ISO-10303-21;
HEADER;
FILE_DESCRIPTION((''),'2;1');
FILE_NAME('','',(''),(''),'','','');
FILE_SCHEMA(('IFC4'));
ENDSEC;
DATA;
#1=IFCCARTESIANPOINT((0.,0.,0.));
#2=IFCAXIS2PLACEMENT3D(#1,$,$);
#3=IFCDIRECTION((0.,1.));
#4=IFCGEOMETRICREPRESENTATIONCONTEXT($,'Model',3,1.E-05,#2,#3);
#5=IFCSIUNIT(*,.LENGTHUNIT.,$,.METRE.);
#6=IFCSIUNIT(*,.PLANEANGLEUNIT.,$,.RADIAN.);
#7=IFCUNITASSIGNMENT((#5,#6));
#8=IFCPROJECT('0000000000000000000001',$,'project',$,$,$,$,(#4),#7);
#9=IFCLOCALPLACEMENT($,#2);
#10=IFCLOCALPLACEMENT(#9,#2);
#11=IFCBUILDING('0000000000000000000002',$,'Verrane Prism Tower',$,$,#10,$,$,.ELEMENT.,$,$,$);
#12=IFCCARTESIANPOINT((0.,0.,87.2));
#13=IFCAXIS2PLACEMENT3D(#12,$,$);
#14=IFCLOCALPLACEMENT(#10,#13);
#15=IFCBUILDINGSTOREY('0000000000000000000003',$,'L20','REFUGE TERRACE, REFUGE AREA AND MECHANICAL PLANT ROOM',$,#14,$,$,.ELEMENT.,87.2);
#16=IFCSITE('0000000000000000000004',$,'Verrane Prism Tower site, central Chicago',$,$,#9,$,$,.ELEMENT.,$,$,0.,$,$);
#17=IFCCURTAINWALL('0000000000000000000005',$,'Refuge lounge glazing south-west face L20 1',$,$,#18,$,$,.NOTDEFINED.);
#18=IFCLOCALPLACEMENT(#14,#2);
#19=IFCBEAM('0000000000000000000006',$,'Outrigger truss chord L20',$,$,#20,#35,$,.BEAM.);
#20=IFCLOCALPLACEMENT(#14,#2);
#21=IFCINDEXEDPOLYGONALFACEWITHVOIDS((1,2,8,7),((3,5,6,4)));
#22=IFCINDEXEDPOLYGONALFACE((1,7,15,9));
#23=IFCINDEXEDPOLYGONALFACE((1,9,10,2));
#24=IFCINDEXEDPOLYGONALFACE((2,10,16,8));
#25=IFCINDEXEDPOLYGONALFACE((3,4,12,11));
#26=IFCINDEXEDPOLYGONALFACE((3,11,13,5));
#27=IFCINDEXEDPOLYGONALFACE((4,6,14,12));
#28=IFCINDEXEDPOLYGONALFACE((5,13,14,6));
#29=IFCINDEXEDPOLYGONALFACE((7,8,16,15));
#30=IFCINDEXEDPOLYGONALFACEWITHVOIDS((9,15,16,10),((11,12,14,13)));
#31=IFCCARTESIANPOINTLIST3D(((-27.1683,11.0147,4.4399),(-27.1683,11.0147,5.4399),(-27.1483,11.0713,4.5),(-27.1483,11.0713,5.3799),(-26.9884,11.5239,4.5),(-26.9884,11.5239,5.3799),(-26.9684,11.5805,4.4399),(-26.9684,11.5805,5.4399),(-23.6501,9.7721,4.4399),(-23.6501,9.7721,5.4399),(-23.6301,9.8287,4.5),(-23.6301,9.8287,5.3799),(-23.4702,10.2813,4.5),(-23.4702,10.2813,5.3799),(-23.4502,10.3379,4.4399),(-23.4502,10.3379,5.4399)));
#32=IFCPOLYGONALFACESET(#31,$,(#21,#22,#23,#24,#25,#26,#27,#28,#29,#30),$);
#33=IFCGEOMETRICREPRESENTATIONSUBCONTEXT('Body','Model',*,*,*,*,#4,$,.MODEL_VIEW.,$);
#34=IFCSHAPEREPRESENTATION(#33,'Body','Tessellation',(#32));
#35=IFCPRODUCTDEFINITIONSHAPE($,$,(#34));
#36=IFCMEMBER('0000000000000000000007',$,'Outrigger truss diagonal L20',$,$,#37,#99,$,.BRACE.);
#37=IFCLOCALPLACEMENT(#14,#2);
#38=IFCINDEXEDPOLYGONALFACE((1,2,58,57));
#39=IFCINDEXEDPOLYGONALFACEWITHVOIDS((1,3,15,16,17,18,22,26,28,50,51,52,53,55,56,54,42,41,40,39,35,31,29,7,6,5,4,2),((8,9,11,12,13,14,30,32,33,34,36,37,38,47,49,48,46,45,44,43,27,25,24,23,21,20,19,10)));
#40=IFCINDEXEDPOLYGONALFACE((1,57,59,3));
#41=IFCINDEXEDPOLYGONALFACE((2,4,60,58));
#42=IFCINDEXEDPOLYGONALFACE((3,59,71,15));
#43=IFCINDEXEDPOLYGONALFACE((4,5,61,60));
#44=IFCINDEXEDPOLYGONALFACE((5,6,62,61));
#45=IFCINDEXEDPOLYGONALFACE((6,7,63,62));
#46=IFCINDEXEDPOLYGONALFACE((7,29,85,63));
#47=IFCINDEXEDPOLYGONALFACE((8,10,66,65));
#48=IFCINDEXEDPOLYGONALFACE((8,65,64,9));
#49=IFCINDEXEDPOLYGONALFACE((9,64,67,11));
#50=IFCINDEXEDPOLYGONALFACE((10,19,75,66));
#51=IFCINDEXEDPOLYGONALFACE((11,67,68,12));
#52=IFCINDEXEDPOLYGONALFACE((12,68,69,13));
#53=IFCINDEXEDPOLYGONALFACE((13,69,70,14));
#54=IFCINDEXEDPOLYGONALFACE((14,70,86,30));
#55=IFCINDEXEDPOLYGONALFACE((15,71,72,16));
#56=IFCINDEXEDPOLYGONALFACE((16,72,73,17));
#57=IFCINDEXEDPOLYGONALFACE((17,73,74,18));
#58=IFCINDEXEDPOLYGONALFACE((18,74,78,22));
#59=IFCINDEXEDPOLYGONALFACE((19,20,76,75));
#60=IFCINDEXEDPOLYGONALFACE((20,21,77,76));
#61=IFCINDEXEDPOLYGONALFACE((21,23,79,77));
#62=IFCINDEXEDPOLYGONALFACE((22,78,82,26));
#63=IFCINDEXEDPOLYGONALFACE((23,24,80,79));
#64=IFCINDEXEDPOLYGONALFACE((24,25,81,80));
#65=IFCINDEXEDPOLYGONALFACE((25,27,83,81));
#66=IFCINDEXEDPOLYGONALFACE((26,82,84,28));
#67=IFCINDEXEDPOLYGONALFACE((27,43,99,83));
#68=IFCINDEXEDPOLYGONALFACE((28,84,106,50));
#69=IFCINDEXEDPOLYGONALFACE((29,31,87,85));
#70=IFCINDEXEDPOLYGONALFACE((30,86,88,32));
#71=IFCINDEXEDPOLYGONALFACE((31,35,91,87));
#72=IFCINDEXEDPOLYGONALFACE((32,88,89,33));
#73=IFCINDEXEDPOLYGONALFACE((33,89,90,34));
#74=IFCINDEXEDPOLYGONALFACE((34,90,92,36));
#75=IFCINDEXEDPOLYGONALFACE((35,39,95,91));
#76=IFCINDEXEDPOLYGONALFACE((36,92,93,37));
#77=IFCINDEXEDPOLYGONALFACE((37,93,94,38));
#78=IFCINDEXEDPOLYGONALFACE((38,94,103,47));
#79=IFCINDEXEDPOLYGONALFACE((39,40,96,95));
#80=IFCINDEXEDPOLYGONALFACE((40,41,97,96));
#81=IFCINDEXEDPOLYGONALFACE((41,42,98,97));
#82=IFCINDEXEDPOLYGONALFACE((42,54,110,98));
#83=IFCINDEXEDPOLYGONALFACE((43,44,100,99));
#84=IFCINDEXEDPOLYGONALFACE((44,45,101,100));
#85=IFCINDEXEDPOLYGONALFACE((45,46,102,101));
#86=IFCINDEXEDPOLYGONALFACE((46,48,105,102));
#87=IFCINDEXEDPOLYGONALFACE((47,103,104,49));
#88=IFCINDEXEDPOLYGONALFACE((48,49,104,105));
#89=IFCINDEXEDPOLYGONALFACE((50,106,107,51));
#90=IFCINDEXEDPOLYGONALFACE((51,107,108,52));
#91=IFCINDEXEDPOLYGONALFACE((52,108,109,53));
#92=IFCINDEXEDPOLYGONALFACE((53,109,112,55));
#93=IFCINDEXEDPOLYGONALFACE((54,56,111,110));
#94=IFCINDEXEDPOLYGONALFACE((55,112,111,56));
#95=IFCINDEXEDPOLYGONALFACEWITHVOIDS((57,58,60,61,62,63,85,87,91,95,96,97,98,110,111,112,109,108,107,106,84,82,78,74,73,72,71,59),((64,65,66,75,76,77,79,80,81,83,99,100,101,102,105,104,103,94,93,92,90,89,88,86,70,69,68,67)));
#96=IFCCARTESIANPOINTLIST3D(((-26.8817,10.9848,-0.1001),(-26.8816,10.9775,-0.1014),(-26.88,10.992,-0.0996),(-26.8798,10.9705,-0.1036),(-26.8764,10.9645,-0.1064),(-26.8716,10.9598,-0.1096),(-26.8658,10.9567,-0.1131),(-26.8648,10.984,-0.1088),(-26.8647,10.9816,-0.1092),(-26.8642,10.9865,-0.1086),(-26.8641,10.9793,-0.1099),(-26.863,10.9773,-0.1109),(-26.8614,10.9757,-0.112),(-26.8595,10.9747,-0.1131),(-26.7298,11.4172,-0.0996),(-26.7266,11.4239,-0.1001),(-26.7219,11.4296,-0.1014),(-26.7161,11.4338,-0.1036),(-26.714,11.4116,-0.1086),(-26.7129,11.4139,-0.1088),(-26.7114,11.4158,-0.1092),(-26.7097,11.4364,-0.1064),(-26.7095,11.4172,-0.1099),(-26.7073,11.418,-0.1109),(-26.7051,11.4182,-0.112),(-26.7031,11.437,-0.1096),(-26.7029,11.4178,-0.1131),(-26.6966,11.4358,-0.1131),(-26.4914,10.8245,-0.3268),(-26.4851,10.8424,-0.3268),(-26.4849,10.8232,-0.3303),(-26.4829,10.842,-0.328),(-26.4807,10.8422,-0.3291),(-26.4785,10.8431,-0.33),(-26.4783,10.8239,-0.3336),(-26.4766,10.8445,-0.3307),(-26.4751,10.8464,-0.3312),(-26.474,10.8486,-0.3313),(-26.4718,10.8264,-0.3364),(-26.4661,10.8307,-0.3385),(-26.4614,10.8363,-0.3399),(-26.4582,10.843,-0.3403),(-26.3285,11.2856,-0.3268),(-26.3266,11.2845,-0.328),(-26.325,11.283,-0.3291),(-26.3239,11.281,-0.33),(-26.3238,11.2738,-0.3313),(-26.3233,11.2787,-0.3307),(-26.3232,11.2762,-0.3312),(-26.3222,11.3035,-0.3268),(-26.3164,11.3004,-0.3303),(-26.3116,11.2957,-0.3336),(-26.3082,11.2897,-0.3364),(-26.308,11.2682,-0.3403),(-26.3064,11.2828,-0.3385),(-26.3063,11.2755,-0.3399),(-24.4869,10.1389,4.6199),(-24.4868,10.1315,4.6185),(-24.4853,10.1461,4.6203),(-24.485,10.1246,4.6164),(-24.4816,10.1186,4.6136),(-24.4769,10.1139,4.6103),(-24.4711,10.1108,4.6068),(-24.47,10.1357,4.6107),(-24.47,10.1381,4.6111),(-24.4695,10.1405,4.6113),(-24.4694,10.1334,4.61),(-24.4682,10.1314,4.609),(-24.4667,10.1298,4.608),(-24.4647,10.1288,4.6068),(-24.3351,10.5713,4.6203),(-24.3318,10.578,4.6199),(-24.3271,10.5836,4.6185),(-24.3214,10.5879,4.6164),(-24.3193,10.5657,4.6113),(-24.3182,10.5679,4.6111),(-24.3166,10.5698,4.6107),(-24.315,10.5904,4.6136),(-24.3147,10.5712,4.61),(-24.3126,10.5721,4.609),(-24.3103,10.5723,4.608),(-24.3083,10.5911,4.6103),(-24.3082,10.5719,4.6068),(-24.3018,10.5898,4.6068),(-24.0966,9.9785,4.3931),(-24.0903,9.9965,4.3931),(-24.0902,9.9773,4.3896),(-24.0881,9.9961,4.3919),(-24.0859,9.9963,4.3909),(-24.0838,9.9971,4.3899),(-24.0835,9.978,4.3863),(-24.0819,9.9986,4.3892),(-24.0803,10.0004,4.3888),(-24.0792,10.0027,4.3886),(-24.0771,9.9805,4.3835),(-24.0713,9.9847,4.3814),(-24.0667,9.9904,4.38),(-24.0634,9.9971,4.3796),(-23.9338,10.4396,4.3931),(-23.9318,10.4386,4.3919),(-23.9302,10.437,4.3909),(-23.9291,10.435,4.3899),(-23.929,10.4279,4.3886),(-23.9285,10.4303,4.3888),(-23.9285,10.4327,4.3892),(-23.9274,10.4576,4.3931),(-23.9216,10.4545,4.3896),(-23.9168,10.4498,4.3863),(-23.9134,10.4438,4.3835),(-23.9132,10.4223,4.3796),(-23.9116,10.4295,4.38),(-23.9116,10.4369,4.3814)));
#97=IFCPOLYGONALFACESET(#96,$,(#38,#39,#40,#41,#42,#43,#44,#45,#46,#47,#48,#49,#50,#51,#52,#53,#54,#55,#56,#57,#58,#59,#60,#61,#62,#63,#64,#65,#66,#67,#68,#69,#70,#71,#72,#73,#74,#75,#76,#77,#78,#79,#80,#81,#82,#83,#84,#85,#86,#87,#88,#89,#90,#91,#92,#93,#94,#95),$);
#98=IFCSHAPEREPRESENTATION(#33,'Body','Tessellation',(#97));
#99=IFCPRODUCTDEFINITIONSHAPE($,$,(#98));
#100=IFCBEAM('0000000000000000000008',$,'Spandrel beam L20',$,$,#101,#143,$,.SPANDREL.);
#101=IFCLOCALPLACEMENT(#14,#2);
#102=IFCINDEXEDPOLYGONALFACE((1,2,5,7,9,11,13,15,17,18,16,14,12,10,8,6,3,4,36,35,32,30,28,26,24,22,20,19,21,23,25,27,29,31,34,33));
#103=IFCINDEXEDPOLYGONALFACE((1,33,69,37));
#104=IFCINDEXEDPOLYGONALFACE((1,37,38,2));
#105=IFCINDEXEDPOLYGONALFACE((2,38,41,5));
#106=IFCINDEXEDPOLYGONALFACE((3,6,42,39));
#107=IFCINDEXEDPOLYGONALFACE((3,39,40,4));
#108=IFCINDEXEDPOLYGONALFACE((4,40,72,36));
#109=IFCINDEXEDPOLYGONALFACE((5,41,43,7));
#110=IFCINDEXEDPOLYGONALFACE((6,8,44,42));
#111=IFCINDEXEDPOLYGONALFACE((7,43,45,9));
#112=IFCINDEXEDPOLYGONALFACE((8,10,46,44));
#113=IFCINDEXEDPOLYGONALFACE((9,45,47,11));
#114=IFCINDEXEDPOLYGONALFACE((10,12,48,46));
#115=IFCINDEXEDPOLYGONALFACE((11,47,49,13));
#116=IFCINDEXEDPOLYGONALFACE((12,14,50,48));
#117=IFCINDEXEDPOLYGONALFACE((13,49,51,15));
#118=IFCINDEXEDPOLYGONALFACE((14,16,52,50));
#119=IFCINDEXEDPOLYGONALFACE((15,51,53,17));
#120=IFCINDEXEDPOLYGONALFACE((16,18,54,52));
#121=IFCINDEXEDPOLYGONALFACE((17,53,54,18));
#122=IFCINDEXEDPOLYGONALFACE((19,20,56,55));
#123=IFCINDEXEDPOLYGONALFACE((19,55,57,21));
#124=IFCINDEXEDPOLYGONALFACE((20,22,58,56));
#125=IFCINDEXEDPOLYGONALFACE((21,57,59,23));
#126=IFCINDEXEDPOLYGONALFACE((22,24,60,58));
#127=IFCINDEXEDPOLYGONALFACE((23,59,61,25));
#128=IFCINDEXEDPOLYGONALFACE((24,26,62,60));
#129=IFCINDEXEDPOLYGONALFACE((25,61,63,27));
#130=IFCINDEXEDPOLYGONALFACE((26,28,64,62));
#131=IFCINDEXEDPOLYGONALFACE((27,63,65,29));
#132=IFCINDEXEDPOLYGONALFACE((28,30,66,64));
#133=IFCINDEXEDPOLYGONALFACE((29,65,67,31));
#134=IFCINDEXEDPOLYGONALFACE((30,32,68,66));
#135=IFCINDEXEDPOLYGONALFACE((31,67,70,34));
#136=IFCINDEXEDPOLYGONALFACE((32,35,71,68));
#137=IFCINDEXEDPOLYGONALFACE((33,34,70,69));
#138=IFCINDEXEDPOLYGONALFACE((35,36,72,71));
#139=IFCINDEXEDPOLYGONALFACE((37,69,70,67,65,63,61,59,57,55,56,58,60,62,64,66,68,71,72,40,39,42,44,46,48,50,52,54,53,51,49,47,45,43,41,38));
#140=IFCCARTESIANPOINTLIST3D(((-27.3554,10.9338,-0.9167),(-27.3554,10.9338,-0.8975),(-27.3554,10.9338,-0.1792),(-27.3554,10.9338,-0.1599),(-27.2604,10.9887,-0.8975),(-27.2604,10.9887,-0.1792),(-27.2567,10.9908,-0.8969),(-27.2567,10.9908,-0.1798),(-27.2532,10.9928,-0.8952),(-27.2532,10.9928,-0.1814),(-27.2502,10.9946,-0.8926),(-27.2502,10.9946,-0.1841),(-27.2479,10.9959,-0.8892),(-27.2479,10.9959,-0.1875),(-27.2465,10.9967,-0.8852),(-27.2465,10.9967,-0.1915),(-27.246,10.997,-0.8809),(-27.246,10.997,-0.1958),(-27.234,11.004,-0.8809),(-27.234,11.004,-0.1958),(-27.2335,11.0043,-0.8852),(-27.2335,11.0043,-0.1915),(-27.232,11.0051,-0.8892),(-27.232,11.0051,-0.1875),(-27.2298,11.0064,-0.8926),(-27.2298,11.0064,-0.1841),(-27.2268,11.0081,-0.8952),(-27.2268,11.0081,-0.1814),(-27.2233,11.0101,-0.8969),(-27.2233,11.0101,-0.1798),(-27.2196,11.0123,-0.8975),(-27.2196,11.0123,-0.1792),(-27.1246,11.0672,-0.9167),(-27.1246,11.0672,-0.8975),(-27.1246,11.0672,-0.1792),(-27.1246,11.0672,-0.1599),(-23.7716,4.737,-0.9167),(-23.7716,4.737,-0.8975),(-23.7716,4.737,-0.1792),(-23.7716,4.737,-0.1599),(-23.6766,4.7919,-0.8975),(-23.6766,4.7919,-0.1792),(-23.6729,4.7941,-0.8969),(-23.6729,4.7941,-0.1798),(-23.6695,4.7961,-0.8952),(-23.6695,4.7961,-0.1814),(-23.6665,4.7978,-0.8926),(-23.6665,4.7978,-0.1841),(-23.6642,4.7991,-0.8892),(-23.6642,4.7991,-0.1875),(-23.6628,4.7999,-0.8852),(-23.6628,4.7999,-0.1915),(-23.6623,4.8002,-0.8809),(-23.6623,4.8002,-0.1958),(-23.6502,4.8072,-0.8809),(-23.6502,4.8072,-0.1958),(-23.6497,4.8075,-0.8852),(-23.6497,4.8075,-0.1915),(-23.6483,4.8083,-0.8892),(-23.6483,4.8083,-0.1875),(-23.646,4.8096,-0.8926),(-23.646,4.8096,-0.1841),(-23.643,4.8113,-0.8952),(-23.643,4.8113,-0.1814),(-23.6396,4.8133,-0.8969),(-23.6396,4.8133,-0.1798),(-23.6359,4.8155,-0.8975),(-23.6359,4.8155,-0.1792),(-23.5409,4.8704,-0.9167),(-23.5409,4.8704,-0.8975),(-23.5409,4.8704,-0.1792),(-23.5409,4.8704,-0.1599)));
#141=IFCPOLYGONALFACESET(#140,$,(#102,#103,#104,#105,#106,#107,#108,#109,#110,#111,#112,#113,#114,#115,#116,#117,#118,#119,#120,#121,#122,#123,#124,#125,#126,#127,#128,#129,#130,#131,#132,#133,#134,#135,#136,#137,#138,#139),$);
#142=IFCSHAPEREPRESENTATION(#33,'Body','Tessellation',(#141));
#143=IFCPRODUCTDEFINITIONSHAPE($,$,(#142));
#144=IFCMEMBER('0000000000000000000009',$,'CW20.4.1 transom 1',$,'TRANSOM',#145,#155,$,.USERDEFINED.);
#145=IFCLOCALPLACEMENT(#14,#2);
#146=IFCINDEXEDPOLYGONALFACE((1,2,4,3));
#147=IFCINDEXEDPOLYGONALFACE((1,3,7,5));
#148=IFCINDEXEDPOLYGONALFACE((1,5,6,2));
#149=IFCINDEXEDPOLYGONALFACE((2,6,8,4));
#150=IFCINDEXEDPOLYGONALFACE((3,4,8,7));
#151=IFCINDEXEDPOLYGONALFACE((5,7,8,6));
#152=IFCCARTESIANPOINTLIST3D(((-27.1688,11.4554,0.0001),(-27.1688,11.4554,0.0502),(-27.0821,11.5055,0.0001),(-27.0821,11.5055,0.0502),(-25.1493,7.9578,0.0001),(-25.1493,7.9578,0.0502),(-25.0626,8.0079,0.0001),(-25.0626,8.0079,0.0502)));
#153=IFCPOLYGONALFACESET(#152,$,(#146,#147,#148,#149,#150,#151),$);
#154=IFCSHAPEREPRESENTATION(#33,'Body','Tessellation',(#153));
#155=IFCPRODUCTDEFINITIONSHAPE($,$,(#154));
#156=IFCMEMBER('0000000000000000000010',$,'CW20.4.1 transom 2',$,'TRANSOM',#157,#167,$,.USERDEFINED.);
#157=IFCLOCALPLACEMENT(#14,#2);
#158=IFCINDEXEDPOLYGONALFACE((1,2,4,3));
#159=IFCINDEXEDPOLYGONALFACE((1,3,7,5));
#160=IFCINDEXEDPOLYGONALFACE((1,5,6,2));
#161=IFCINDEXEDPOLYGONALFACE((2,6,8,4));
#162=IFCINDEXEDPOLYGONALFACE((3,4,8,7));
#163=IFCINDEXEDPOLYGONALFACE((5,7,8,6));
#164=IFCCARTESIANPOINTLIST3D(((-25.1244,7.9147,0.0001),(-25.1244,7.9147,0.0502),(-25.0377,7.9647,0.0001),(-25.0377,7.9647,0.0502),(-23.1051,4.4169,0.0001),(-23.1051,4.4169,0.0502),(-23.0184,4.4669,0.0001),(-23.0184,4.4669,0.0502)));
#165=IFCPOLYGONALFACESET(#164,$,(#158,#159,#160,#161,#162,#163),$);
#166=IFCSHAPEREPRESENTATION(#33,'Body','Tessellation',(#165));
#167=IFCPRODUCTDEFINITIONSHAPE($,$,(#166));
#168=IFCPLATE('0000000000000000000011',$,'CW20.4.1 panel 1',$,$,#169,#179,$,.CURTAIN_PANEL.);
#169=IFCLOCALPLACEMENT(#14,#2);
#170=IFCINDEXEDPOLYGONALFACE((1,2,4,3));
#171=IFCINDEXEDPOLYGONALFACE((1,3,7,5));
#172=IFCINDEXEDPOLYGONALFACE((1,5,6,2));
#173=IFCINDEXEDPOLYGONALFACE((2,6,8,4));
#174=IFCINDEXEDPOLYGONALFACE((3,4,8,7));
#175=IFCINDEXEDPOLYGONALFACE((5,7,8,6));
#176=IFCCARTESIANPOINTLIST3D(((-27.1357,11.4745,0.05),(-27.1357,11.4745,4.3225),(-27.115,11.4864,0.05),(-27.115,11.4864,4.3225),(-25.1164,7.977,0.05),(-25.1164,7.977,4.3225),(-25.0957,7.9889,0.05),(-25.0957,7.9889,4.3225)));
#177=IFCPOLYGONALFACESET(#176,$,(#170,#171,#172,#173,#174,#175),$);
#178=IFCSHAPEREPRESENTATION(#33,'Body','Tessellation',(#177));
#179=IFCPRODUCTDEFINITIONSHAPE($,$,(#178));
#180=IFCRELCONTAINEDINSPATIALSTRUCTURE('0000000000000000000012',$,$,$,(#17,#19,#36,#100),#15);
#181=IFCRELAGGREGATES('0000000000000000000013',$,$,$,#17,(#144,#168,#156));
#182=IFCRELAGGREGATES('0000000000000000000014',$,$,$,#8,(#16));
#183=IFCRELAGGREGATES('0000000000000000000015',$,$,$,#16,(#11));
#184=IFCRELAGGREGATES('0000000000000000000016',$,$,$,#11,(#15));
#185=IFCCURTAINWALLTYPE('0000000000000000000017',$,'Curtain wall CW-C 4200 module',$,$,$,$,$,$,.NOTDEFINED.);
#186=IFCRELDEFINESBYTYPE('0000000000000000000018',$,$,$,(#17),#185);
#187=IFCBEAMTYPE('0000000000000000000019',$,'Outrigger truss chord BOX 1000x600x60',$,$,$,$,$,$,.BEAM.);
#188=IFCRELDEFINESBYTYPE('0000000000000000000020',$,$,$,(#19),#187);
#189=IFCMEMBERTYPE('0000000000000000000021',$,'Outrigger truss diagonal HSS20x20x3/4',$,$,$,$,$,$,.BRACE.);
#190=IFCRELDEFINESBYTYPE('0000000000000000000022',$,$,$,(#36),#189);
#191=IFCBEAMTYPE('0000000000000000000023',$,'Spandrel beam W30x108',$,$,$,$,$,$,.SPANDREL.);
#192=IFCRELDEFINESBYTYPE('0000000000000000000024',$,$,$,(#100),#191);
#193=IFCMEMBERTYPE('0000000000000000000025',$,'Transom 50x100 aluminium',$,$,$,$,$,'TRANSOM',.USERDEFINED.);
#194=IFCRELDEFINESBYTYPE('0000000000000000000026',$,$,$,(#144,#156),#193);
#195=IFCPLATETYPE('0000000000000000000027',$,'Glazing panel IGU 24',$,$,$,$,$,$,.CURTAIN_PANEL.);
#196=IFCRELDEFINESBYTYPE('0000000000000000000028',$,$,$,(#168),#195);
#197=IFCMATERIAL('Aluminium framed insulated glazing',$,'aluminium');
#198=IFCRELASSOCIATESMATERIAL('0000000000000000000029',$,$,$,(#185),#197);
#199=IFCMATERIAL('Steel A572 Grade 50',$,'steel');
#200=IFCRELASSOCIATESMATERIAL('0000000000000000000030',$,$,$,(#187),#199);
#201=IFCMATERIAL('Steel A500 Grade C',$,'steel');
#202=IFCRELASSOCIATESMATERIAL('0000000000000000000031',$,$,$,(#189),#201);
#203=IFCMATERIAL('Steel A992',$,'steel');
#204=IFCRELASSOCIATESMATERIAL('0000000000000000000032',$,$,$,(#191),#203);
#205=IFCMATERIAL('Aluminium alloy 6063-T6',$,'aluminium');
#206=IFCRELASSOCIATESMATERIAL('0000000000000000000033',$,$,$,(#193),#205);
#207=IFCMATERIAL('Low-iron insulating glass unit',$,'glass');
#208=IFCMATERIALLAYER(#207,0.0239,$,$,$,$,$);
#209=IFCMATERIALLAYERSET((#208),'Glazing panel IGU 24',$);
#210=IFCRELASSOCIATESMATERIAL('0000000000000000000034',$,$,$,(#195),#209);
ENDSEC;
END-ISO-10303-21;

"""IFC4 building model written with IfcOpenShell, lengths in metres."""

from ifc_helpers import new_model, si_unit, direction, frame, origin, origin_2d, place, context, subcontext, project, spatial, rectangle, hollow_rectangle, i_section, extrude, material, layer, layer_set, material_profile, profile_set, type_object, element, aggregate, save


model = new_model("IFC4")

# Units and contexts
model_context = context("Model", 3, precision=1e-05, world=origin(), true_north=direction((0.0, 1.0)))
body_context = subcontext(model_context, "Body", "Model", "MODEL_VIEW")
ifc_project = project(units=[si_unit("LENGTHUNIT", "METRE"), si_unit("PLANEANGLEUNIT", "RADIAN")], contexts=[model_context])

# Site, building, storey
site_placement = place(None, origin())
site = spatial("IfcSite", under=ifc_project, at=site_placement, Name="Verrane Prism Tower site, central Chicago", CompositionType="ELEMENT", RefElevation=0.0)
building_placement = place(site_placement, origin())
building = spatial("IfcBuilding", under=site, at=building_placement, Name="Verrane Prism Tower", CompositionType="ELEMENT")
storey_placement = place(building_placement, frame((0.0, 0.0, 87.2)))
storey = spatial("IfcBuildingStorey", under=building, at=storey_placement, Name="L20", Description="REFUGE TERRACE, REFUGE AREA AND MECHANICAL PLANT ROOM", CompositionType="ELEMENT", Elevation=87.2)

# Curtain wall
ifc_material_1 = material(Name="Aluminium framed insulated glazing", Category="aluminium")
curtain_wall_type = type_object("IfcCurtainWallType", Name="Curtain wall CW-C 4200 module", PredefinedType="NOTDEFINED", material=ifc_material_1)
curtain_wall_placement = place(storey_placement, origin())
curtain_wall = element("IfcCurtainWall", 1, at=curtain_wall_placement, inside=storey, type_object=curtain_wall_type, Name="Refuge lounge glazing south-west face L20 1", PredefinedType="NOTDEFINED")

# Beam
ifc_material_2 = material(Name="Steel A572 Grade 50", Category="steel")
ifc_material_profile_1 = material_profile(ifc_material_2, hollow_rectangle(XDim=0.6001, YDim=1.0, WallThickness=0.0601, at=origin_2d()), Name="BOX 1000x600x60")
ifc_profile_set_1 = profile_set([ifc_material_profile_1], Name="Steel A572 Grade 50")
beam_type_1 = type_object("IfcBeamType", Name="Outrigger truss chord BOX 1000x600x60", PredefinedType="BEAM", material=ifc_profile_set_1)
beam_1_placement = place(storey_placement, frame((-27.0684, 11.2976, 4.9399), z_axis=(0.942913, -0.333039, 0.0), x_axis=(0.333039, 0.942913, 0.0)))
element("IfcBeam", 2, at=beam_1_placement, inside=storey, type_object=beam_type_1, Name="Outrigger truss chord L20", PredefinedType="BEAM", context=body_context, shape_type="SweptSolid", body=[
    extrude(hollow_rectangle(XDim=0.6001, YDim=1.0, WallThickness=0.0601, at=origin_2d()), origin(), (0.0, 0.0, 1.0), 3.7312),
])

# Member
ifc_material_3 = material(Name="Steel A500 Grade C", Category="steel")
ifc_material_profile_2 = material_profile(ifc_material_3, hollow_rectangle(XDim=0.5081, YDim=0.5081, WallThickness=0.019, InnerFilletRadius=0.0095, OuterFilletRadius=0.0286, at=origin_2d()), Name="HSS20x20x3/4")
ifc_profile_set_2 = profile_set([ifc_material_profile_2], Name="Steel A500 Grade C")
member_type_1 = type_object("IfcMemberType", Name="Outrigger truss diagonal HSS20x20x3/4", PredefinedType="BRACE", material=ifc_profile_set_2)
member_1_placement = place(storey_placement, frame((-26.594, 11.1301, -0.22), z_axis=(0.446793, -0.157828, 0.880605), x_axis=(0.333077, 0.9429, 0.0)))
element("IfcMember", 3, at=member_1_placement, inside=storey, type_object=member_type_1, Name="Outrigger truss diagonal L20", PredefinedType="BRACE", context=body_context, shape_type="SweptSolid", body=[
    extrude(hollow_rectangle(XDim=0.5081, YDim=0.5081, WallThickness=0.019, InnerFilletRadius=0.0095, OuterFilletRadius=0.0286, at=origin_2d()), origin(), (0.0, 0.0, 1.0), 5.3599),
])

# Beam
ifc_material_4 = material(Name="Steel A992", Category="steel")
ifc_material_profile_3 = material_profile(ifc_material_4, i_section(OverallWidth=0.2666, OverallDepth=0.7568, WebThickness=0.0139, FlangeThickness=0.0193, FilletRadius=0.0166, at=origin_2d()), Name="W30x108")
ifc_profile_set_3 = profile_set([ifc_material_profile_3], Name="Steel A992")
beam_type_2 = type_object("IfcBeamType", Name="Spandrel beam W30x108", PredefinedType="SPANDREL", material=ifc_profile_set_3)
beam_2_placement = place(storey_placement, frame((-27.24, 11.0005, -0.5383), z_axis=(0.500632, -0.86566, 0.0), x_axis=(0.86566, 0.500632, 0.0)))
element("IfcBeam", 4, at=beam_2_placement, inside=storey, type_object=beam_type_2, Name="Spandrel beam L20", PredefinedType="SPANDREL", context=body_context, shape_type="SweptSolid", body=[
    extrude(i_section(OverallWidth=0.2666, OverallDepth=0.7568, WebThickness=0.0139, FlangeThickness=0.0193, FilletRadius=0.0166, at=origin_2d()), origin(), (0.0, 0.0, 1.0), 7.1584),
])

# Members
ifc_material_5 = material(Name="Aluminium alloy 6063-T6", Category="aluminium")
ifc_material_profile_4 = material_profile(ifc_material_5, rectangle(XDim=0.1001, YDim=0.05, at=origin_2d()), Name="Transom 50x100 aluminium")
ifc_profile_set_4 = profile_set([ifc_material_profile_4], Name="Aluminium alloy 6063-T6")
member_type_2 = type_object("IfcMemberType", Name="Transom 50x100 aluminium", ElementType="TRANSOM", PredefinedType="USERDEFINED", material=ifc_profile_set_4)
member_2_placement = place(storey_placement, frame((-27.1255, 11.4805, 0.0251), z_axis=(0.50004, -0.866002, 0.0), x_axis=(0.866002, 0.50004, 0.0)))
member_2 = element("IfcMember", 5, at=member_2_placement, type_object=member_type_2, Name="CW20.4.1 transom 1", ObjectType="TRANSOM", PredefinedType="USERDEFINED", context=body_context, shape_type="SweptSolid", body=[
    extrude(rectangle(XDim=0.1001, YDim=0.05, at=origin_2d()), origin(), (0.0, 0.0, 1.0), 4.0388),
])
member_3_placement = place(storey_placement, frame((-25.0811, 7.9397, 0.0251), z_axis=(0.499968, -0.866044, 0.0), x_axis=(0.866044, 0.499968, 0.0)))
member_3 = element("IfcMember", 6, at=member_3_placement, type_object=member_type_2, Name="CW20.4.1 transom 2", ObjectType="TRANSOM", PredefinedType="USERDEFINED", context=body_context, shape_type="SweptSolid", body=[
    extrude(rectangle(XDim=0.1001, YDim=0.05, at=origin_2d()), origin(), (0.0, 0.0, 1.0), 4.0388),
])

# Plate
ifc_material_6 = material(Name="Low-iron insulating glass unit", Category="glass")
ifc_layer = layer(ifc_material_6, 0.0239)
ifc_layer_set = layer_set([ifc_layer], Name="Glazing panel IGU 24")
plate_type = type_object("IfcPlateType", Name="Glazing panel IGU 24", PredefinedType="CURTAIN_PANEL", material=ifc_layer_set)
plate_placement = place(storey_placement, frame((-26.1157, 9.7317, 0.05), z_axis=(0.0, 0.0, 1.0), x_axis=(0.500002, -0.866024, 0.0)))
plate = element("IfcPlate", 7, at=plate_placement, type_object=plate_type, Name="CW20.4.1 panel 1", PredefinedType="CURTAIN_PANEL", context=body_context, shape_type="SweptSolid", body=[
    extrude(rectangle(XDim=4.0386, YDim=0.0239, at=origin_2d()), origin(), (0.0, 0.0, 1.0), 4.2725),
])
aggregate(curtain_wall, [member_2, plate, member_3])

save(model, "model.ifc")
